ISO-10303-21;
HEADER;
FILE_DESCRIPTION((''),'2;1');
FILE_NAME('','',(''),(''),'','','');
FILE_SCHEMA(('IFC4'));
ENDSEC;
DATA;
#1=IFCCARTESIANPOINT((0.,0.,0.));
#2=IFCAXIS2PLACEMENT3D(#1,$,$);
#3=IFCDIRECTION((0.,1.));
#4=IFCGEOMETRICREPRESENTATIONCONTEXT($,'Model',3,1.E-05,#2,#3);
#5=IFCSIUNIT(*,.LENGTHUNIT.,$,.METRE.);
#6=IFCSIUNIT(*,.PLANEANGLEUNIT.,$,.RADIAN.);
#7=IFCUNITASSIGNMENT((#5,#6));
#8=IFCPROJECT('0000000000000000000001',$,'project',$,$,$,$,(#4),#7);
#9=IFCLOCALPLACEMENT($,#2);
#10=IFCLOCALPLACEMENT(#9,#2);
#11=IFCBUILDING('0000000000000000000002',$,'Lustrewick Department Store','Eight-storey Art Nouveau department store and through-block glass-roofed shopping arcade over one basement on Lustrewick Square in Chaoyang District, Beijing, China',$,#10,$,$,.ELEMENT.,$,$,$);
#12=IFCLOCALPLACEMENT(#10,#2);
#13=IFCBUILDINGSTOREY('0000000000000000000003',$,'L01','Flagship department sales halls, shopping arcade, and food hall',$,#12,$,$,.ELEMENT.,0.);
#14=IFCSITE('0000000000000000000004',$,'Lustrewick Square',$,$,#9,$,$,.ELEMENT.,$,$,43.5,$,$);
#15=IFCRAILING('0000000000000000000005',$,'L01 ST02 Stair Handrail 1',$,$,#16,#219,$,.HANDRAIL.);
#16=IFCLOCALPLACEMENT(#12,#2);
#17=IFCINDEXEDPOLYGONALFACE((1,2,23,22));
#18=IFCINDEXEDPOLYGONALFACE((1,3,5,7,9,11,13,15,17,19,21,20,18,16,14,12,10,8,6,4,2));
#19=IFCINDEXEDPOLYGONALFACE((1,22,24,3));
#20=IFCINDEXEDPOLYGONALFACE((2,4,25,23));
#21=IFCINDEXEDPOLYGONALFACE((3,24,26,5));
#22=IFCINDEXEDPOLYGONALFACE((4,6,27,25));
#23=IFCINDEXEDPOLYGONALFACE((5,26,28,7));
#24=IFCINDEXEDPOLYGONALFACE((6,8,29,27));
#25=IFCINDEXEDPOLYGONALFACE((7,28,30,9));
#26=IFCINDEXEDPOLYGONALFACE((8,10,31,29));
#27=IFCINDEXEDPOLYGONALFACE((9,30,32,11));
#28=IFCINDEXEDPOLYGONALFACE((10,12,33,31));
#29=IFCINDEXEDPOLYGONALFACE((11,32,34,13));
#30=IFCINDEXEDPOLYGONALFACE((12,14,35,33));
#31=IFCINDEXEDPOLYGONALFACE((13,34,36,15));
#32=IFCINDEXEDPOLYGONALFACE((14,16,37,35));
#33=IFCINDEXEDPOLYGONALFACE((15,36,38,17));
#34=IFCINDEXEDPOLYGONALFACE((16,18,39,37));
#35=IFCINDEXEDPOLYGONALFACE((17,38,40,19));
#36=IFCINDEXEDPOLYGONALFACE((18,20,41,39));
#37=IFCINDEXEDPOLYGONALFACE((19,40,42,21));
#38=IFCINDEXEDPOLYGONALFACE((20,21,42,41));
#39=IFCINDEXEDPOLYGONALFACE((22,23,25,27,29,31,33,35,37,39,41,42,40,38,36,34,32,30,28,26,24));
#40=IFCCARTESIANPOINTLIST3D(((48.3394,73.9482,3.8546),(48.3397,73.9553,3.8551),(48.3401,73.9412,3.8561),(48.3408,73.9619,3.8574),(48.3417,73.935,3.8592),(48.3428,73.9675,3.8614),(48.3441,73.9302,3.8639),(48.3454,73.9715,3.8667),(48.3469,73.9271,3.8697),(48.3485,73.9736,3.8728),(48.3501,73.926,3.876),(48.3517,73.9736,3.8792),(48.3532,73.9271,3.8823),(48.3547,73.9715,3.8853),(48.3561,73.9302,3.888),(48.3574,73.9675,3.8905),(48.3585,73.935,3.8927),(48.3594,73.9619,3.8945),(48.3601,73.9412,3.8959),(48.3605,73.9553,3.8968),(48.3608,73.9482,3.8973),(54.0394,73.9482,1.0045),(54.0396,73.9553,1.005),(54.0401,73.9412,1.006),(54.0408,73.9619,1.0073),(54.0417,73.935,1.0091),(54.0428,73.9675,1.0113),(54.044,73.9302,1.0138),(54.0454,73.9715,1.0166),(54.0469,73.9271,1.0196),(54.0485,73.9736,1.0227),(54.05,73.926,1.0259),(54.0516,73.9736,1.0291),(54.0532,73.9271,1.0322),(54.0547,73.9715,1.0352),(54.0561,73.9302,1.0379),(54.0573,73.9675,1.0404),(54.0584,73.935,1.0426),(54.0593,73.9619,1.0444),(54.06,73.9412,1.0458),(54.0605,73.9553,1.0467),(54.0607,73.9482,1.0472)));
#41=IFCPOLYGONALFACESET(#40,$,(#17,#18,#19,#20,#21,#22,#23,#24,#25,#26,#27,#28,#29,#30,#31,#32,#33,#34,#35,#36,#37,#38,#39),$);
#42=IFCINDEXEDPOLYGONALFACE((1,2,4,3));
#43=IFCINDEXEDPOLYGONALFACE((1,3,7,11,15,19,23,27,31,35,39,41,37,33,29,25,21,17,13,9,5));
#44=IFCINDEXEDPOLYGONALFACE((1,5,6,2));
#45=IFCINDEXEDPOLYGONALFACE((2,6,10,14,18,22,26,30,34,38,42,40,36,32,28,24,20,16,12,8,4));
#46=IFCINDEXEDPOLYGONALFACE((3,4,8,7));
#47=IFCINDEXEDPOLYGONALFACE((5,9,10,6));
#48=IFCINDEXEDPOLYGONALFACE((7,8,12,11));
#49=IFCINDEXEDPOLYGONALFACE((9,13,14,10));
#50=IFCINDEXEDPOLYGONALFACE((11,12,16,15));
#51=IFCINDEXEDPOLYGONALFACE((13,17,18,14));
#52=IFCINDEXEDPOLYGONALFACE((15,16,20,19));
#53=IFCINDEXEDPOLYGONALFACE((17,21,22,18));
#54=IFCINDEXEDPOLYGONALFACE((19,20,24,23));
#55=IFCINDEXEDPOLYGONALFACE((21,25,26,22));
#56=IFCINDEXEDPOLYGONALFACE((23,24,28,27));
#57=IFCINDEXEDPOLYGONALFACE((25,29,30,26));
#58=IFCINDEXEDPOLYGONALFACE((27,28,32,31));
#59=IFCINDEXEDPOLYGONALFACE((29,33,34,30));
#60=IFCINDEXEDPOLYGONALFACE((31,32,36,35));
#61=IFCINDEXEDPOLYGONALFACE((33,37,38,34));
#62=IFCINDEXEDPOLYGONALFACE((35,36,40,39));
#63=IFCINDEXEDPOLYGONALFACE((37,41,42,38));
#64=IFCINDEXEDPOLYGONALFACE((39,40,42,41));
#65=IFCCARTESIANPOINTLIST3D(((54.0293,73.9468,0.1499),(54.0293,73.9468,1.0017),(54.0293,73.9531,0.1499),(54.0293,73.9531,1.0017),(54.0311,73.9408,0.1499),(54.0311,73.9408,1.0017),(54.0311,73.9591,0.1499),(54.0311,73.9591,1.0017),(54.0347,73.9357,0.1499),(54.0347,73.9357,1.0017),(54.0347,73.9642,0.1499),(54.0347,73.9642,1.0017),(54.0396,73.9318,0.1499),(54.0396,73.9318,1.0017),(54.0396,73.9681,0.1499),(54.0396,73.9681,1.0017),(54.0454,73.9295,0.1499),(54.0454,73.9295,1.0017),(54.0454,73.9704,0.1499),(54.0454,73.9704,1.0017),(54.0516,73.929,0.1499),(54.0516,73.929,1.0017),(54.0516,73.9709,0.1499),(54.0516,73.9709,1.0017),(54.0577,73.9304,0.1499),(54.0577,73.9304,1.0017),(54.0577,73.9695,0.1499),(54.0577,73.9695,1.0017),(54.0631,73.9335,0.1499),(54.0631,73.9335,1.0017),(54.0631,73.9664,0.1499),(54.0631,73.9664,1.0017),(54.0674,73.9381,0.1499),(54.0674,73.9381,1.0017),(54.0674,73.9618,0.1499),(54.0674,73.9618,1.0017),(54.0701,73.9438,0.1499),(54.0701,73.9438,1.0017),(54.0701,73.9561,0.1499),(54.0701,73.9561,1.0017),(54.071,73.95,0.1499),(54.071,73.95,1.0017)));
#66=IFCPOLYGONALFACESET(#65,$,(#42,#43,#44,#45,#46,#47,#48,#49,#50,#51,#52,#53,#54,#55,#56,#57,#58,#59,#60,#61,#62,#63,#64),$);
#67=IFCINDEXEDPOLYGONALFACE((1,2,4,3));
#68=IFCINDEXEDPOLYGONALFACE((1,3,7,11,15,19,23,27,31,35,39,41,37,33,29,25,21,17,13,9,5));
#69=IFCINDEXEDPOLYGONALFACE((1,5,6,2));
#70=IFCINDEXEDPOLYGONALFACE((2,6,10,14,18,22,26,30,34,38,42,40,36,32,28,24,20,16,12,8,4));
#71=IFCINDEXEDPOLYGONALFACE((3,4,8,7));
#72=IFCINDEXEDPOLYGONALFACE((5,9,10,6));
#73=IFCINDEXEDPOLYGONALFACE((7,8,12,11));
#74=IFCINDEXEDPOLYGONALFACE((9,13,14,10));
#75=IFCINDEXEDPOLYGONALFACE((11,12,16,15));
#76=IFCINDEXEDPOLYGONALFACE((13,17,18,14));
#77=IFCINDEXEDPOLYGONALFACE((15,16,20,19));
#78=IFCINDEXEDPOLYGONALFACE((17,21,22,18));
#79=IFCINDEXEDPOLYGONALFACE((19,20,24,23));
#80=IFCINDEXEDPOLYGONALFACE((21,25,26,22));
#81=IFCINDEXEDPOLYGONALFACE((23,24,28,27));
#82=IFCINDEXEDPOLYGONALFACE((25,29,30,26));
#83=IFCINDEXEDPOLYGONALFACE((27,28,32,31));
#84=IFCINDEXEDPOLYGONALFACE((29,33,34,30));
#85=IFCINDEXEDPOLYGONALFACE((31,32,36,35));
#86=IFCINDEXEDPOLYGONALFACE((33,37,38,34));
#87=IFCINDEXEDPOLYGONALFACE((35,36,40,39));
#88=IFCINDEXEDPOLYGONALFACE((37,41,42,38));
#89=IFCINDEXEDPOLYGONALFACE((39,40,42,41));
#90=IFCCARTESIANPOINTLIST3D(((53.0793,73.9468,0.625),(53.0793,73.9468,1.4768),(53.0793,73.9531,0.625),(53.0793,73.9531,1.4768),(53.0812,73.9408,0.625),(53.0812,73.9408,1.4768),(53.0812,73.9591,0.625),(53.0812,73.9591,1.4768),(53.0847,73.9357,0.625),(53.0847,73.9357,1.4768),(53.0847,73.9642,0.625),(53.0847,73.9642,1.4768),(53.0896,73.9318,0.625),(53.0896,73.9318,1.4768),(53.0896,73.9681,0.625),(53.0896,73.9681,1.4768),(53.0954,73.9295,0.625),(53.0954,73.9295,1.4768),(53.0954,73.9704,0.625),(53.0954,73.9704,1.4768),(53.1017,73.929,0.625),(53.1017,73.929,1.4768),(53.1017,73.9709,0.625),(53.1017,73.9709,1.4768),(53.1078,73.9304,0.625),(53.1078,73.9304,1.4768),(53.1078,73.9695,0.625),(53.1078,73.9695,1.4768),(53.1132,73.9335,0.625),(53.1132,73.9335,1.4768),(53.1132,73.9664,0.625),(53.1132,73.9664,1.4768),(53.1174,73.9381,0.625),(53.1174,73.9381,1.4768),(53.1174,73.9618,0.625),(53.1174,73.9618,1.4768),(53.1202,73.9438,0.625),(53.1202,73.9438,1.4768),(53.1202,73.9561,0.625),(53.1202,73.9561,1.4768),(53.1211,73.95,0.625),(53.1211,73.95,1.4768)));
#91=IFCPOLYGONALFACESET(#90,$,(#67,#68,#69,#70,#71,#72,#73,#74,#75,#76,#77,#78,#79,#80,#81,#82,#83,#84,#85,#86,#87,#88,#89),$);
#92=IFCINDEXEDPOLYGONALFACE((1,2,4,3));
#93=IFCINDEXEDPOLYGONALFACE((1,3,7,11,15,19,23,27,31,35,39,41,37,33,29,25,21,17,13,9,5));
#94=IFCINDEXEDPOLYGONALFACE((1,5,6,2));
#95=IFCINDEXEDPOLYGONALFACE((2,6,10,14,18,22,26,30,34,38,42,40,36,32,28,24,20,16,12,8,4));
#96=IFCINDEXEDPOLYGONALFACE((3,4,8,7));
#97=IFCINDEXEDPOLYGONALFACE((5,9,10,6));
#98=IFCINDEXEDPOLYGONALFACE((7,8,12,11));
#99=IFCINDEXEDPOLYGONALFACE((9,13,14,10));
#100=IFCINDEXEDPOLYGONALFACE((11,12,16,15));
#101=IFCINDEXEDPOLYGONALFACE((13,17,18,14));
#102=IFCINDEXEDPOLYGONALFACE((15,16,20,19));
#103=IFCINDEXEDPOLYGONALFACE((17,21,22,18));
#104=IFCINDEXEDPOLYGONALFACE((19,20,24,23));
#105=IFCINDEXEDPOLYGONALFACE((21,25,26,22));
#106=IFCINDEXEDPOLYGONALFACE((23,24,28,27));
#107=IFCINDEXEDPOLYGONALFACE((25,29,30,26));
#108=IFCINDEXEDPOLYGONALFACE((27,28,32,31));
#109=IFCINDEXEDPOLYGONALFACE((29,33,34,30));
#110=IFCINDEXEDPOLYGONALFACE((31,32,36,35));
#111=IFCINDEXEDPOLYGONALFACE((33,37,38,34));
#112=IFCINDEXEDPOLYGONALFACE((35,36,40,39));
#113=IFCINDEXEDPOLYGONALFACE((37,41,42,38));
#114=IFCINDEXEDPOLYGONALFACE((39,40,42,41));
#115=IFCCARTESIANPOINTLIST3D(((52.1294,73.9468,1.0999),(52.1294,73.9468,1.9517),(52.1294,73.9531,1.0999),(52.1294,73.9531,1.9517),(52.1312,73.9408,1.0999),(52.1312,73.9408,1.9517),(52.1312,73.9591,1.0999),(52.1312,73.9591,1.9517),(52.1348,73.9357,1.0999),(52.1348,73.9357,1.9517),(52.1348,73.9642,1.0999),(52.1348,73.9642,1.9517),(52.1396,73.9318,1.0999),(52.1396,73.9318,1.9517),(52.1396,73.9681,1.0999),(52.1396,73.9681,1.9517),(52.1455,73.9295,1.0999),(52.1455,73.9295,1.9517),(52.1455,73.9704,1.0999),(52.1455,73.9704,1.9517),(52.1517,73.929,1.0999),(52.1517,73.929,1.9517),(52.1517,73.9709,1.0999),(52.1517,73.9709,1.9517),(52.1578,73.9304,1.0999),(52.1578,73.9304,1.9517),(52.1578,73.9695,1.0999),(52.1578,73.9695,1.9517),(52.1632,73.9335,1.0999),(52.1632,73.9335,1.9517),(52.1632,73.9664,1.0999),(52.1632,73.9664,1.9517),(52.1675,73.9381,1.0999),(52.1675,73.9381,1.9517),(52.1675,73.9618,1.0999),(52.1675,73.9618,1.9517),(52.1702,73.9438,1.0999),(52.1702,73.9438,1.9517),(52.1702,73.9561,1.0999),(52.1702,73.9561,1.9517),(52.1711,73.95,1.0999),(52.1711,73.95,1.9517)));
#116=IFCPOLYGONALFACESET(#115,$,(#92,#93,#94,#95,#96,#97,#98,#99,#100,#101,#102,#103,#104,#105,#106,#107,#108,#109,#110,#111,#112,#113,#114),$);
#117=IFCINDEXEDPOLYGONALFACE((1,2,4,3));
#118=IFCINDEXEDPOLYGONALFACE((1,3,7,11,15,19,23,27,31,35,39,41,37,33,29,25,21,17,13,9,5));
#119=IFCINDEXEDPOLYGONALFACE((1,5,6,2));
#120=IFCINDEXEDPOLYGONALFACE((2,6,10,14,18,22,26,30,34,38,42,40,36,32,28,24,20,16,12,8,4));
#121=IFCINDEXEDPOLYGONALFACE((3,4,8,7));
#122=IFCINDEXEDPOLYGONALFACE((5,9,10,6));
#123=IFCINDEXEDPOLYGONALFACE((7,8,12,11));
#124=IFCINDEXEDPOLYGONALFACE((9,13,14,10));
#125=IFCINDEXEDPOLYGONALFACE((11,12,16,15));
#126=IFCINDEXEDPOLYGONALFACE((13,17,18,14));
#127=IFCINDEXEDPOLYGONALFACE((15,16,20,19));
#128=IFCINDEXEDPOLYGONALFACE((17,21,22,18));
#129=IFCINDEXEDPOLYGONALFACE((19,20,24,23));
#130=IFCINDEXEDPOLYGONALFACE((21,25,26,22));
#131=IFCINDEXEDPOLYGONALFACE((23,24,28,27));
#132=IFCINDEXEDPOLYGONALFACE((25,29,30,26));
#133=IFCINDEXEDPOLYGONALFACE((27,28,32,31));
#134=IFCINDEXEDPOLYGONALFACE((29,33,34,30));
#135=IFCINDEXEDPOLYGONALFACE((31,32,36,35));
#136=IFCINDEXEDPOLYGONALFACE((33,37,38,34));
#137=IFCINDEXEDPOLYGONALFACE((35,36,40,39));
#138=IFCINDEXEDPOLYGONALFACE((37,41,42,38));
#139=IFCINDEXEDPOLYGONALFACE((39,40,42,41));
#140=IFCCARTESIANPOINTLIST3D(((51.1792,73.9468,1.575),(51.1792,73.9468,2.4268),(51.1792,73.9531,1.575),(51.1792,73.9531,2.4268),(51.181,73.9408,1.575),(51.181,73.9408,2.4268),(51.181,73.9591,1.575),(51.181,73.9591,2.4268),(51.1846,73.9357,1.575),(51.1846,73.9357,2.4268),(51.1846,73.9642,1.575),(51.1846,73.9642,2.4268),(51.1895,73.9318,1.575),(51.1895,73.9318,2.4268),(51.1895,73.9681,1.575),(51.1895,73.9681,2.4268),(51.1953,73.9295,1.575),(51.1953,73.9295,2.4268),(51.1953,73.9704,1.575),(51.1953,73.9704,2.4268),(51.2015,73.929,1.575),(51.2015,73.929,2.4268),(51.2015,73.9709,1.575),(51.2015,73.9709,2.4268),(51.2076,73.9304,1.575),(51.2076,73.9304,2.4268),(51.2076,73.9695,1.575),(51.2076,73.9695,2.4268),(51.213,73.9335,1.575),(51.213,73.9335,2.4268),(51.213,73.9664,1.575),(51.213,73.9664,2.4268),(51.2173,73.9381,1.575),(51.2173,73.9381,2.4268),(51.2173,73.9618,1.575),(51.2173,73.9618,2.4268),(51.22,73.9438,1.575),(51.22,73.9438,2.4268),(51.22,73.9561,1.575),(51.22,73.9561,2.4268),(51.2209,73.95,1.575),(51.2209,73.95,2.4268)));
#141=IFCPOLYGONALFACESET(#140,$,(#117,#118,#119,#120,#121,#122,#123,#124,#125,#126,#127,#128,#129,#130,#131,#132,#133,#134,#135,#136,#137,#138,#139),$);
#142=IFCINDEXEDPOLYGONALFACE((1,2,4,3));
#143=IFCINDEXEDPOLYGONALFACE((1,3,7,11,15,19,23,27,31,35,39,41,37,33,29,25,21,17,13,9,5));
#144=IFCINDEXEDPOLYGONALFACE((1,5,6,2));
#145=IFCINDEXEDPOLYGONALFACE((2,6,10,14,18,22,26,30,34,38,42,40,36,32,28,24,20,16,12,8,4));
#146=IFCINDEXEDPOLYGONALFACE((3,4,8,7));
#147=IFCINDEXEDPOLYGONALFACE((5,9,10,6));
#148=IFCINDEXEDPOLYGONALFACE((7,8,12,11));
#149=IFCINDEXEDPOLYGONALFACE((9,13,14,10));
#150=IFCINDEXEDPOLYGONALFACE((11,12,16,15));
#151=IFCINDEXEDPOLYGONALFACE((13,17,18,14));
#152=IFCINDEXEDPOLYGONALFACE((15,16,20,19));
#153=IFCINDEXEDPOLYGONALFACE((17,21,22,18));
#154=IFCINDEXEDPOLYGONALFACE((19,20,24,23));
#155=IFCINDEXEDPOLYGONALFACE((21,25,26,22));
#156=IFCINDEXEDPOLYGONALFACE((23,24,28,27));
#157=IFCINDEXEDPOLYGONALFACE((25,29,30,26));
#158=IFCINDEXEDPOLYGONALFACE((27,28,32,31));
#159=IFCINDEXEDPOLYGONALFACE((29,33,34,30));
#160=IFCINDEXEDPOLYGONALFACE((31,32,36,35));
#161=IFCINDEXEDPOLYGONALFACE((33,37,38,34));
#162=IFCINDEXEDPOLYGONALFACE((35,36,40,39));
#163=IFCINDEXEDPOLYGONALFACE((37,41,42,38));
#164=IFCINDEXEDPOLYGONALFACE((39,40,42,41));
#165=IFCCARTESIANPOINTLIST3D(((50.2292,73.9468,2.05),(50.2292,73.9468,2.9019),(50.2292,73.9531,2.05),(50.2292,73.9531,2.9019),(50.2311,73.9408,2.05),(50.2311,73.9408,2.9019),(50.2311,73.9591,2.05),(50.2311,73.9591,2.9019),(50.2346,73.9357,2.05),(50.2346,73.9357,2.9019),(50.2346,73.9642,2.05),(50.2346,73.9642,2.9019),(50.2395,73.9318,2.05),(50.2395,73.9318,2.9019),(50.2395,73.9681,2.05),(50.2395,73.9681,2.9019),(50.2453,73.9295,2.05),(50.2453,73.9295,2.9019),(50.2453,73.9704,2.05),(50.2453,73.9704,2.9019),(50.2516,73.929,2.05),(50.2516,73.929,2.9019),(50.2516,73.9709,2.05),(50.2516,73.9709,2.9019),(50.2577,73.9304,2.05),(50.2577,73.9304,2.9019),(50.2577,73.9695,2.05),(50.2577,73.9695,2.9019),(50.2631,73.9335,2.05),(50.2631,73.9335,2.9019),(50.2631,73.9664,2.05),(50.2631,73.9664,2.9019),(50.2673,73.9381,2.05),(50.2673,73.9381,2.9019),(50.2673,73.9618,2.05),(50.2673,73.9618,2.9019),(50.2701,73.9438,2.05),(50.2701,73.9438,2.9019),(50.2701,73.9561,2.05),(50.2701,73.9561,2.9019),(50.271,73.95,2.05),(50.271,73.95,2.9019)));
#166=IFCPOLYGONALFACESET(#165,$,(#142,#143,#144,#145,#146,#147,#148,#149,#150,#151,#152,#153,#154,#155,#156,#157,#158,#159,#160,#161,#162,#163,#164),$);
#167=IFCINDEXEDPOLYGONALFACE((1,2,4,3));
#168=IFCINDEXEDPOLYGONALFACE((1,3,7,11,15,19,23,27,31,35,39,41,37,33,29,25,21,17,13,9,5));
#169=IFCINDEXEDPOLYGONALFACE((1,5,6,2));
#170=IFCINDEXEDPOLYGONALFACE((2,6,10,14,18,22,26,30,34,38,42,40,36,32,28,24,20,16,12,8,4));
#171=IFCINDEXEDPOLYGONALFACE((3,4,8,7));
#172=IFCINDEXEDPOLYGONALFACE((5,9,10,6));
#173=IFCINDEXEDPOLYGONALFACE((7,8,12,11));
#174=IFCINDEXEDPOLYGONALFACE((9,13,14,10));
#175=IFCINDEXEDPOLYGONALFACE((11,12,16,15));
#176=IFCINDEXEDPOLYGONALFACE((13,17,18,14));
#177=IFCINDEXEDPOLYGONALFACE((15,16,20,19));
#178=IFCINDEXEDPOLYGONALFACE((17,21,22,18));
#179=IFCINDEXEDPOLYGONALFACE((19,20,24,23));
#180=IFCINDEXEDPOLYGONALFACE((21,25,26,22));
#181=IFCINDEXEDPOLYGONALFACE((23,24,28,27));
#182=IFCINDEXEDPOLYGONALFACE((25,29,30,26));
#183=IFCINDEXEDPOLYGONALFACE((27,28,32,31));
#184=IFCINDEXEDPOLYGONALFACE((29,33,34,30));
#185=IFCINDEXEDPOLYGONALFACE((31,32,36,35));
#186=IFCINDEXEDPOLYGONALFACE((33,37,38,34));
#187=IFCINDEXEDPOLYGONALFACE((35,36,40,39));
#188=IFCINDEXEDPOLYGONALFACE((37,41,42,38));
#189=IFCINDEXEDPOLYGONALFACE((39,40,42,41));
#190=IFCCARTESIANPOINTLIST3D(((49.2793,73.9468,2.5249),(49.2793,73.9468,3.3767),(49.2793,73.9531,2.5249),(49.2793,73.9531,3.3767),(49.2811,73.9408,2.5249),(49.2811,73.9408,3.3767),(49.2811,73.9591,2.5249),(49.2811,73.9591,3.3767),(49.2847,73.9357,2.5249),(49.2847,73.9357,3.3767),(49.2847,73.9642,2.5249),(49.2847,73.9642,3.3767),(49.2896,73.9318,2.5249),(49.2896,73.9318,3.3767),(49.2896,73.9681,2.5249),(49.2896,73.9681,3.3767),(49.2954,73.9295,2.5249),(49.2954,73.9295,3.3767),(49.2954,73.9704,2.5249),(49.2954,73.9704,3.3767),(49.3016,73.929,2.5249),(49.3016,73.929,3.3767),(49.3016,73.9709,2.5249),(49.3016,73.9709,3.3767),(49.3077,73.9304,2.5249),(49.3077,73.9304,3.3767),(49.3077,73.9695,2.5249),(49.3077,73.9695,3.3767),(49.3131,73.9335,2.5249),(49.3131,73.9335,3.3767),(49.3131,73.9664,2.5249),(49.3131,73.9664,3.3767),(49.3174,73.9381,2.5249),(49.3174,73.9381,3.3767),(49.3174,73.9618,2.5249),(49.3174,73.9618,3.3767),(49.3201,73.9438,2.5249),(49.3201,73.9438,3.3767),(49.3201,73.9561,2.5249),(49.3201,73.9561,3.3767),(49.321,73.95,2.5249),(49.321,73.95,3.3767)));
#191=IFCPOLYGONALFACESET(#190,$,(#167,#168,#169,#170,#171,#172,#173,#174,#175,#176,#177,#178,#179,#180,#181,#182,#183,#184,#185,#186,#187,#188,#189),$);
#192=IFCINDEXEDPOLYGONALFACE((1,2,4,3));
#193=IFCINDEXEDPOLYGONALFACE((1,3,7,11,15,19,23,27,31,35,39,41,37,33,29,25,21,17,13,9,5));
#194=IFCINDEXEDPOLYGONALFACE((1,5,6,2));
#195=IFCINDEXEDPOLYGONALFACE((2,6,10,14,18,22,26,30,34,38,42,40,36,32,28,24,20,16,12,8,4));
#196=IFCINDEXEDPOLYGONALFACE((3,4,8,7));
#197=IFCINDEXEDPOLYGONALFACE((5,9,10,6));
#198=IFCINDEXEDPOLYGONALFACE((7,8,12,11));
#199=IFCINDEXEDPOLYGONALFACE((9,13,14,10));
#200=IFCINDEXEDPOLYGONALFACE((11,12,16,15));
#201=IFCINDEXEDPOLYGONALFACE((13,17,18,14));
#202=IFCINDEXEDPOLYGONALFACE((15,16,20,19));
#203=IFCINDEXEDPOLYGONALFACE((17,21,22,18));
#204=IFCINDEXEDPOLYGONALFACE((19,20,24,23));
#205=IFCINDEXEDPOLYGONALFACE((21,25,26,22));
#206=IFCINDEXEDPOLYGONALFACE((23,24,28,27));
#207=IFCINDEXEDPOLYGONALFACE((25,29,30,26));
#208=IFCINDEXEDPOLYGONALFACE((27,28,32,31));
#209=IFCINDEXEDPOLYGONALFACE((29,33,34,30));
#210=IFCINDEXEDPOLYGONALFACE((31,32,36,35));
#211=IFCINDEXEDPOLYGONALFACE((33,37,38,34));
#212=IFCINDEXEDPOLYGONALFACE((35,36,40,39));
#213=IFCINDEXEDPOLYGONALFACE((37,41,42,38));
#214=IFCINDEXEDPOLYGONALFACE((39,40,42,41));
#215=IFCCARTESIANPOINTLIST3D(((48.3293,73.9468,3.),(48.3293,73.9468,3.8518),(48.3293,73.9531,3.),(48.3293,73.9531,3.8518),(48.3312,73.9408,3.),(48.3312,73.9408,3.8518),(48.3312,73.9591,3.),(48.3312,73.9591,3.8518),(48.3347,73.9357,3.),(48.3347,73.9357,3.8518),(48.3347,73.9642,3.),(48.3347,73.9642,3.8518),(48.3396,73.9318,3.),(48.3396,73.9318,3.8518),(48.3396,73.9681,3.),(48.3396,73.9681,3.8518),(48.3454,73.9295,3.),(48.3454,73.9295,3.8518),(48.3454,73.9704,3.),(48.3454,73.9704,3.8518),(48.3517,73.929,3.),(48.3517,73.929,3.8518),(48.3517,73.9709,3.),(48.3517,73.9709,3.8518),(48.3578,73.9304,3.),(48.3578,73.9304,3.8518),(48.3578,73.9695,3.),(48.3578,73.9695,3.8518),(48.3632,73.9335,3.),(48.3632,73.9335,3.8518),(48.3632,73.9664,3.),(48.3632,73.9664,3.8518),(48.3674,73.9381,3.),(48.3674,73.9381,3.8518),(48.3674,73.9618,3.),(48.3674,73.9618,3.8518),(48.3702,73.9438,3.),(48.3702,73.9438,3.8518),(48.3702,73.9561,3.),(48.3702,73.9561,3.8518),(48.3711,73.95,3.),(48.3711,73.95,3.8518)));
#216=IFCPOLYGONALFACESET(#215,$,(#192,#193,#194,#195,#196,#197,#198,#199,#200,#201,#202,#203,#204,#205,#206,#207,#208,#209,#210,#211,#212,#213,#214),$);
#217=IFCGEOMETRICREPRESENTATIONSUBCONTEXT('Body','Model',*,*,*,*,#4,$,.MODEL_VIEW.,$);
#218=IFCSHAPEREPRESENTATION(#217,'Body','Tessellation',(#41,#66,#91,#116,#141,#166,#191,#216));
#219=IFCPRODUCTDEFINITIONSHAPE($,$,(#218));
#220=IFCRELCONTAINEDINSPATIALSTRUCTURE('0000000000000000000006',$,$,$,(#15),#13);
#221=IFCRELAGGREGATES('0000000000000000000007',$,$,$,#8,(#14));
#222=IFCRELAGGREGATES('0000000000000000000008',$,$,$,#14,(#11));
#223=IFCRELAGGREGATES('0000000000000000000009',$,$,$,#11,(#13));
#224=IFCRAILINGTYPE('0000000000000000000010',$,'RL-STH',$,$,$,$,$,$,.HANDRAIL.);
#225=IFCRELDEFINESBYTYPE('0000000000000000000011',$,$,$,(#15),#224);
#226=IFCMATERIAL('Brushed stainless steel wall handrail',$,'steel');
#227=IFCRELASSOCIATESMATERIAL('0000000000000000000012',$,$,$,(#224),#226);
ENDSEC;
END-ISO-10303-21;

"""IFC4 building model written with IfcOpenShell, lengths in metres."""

from ifc_helpers import new_model, si_unit, direction, frame, origin, origin_2d, place, context, subcontext, project, spatial, circle, extrude, material, type_object, element, save


model = new_model("IFC4")

# Units and contexts
model_context = context("Model", 3, precision=1e-05, world=origin(), true_north=direction((0.0, 1.0)))
body_context = subcontext(model_context, "Body", "Model", "MODEL_VIEW")
ifc_project = project(units=[si_unit("LENGTHUNIT", "METRE"), si_unit("PLANEANGLEUNIT", "RADIAN")], contexts=[model_context])

# Site, building, storey
site_placement = place(None, origin())
site = spatial("IfcSite", under=ifc_project, at=site_placement, Name="Lustrewick Square", CompositionType="ELEMENT", RefElevation=43.5)
building_placement = place(site_placement, origin())
building = spatial("IfcBuilding", under=site, at=building_placement, Name="Lustrewick Department Store", Description="Eight-storey Art Nouveau department store and through-block glass-roofed shopping arcade over one basement on Lustrewick Square in Chaoyang District, Beijing, China", CompositionType="ELEMENT")
storey_placement = place(building_placement, origin())
storey = spatial("IfcBuildingStorey", under=building, at=storey_placement, Name="L01", Description="Flagship department sales halls, shopping arcade, and food hall", CompositionType="ELEMENT", Elevation=0.0)

# Railing
ifc_material_1 = material(Name="Brushed stainless steel wall handrail", Category="steel")
railing_type_1 = type_object("IfcRailingType", Name="RL-STH", PredefinedType="HANDRAIL", material=ifc_material_1)
railing_1_placement = place(storey_placement, frame((54.05, 73.95, 0.1499)))
element("IfcRailing", 1, at=railing_1_placement, inside=storey, type_object=railing_type_1, Name="L01 ST02 Stair Handrail 1", PredefinedType="HANDRAIL", context=body_context, shape_type="SweptSolid", body=[
    extrude(circle(Radius=0.0239, at=origin_2d()), frame((0.0, 0.0, 0.876), z_axis=(-0.89442, 0.0, 0.447229), x_axis=(0.0, -1.0, 0.0)), (0.0, 0.0, 1.0), 6.3728),
    extrude(circle(Radius=0.021, at=origin_2d()), origin(), (0.0, 0.0, 1.0), 0.8518),
    extrude(circle(Radius=0.021, at=origin_2d()), frame((-0.95, 0.0, 0.4751)), (0.0, 0.0, 1.0), 0.8518),
    extrude(circle(Radius=0.021, at=origin_2d()), frame((-1.8999, 0.0, 0.95)), (0.0, 0.0, 1.0), 0.8518),
    extrude(circle(Radius=0.021, at=origin_2d()), frame((-2.8501, 0.0, 1.425)), (0.0, 0.0, 1.0), 0.8518),
    extrude(circle(Radius=0.021, at=origin_2d()), frame((-3.8, 0.0, 1.9001)), (0.0, 0.0, 1.0), 0.8518),
    extrude(circle(Radius=0.021, at=origin_2d()), frame((-4.75, 0.0, 2.375)), (0.0, 0.0, 1.0), 0.8518),
    extrude(circle(Radius=0.021, at=origin_2d()), frame((-5.7, 0.0, 2.8501)), (0.0, 0.0, 1.0), 0.8518),
])

save(model, "model.ifc")
